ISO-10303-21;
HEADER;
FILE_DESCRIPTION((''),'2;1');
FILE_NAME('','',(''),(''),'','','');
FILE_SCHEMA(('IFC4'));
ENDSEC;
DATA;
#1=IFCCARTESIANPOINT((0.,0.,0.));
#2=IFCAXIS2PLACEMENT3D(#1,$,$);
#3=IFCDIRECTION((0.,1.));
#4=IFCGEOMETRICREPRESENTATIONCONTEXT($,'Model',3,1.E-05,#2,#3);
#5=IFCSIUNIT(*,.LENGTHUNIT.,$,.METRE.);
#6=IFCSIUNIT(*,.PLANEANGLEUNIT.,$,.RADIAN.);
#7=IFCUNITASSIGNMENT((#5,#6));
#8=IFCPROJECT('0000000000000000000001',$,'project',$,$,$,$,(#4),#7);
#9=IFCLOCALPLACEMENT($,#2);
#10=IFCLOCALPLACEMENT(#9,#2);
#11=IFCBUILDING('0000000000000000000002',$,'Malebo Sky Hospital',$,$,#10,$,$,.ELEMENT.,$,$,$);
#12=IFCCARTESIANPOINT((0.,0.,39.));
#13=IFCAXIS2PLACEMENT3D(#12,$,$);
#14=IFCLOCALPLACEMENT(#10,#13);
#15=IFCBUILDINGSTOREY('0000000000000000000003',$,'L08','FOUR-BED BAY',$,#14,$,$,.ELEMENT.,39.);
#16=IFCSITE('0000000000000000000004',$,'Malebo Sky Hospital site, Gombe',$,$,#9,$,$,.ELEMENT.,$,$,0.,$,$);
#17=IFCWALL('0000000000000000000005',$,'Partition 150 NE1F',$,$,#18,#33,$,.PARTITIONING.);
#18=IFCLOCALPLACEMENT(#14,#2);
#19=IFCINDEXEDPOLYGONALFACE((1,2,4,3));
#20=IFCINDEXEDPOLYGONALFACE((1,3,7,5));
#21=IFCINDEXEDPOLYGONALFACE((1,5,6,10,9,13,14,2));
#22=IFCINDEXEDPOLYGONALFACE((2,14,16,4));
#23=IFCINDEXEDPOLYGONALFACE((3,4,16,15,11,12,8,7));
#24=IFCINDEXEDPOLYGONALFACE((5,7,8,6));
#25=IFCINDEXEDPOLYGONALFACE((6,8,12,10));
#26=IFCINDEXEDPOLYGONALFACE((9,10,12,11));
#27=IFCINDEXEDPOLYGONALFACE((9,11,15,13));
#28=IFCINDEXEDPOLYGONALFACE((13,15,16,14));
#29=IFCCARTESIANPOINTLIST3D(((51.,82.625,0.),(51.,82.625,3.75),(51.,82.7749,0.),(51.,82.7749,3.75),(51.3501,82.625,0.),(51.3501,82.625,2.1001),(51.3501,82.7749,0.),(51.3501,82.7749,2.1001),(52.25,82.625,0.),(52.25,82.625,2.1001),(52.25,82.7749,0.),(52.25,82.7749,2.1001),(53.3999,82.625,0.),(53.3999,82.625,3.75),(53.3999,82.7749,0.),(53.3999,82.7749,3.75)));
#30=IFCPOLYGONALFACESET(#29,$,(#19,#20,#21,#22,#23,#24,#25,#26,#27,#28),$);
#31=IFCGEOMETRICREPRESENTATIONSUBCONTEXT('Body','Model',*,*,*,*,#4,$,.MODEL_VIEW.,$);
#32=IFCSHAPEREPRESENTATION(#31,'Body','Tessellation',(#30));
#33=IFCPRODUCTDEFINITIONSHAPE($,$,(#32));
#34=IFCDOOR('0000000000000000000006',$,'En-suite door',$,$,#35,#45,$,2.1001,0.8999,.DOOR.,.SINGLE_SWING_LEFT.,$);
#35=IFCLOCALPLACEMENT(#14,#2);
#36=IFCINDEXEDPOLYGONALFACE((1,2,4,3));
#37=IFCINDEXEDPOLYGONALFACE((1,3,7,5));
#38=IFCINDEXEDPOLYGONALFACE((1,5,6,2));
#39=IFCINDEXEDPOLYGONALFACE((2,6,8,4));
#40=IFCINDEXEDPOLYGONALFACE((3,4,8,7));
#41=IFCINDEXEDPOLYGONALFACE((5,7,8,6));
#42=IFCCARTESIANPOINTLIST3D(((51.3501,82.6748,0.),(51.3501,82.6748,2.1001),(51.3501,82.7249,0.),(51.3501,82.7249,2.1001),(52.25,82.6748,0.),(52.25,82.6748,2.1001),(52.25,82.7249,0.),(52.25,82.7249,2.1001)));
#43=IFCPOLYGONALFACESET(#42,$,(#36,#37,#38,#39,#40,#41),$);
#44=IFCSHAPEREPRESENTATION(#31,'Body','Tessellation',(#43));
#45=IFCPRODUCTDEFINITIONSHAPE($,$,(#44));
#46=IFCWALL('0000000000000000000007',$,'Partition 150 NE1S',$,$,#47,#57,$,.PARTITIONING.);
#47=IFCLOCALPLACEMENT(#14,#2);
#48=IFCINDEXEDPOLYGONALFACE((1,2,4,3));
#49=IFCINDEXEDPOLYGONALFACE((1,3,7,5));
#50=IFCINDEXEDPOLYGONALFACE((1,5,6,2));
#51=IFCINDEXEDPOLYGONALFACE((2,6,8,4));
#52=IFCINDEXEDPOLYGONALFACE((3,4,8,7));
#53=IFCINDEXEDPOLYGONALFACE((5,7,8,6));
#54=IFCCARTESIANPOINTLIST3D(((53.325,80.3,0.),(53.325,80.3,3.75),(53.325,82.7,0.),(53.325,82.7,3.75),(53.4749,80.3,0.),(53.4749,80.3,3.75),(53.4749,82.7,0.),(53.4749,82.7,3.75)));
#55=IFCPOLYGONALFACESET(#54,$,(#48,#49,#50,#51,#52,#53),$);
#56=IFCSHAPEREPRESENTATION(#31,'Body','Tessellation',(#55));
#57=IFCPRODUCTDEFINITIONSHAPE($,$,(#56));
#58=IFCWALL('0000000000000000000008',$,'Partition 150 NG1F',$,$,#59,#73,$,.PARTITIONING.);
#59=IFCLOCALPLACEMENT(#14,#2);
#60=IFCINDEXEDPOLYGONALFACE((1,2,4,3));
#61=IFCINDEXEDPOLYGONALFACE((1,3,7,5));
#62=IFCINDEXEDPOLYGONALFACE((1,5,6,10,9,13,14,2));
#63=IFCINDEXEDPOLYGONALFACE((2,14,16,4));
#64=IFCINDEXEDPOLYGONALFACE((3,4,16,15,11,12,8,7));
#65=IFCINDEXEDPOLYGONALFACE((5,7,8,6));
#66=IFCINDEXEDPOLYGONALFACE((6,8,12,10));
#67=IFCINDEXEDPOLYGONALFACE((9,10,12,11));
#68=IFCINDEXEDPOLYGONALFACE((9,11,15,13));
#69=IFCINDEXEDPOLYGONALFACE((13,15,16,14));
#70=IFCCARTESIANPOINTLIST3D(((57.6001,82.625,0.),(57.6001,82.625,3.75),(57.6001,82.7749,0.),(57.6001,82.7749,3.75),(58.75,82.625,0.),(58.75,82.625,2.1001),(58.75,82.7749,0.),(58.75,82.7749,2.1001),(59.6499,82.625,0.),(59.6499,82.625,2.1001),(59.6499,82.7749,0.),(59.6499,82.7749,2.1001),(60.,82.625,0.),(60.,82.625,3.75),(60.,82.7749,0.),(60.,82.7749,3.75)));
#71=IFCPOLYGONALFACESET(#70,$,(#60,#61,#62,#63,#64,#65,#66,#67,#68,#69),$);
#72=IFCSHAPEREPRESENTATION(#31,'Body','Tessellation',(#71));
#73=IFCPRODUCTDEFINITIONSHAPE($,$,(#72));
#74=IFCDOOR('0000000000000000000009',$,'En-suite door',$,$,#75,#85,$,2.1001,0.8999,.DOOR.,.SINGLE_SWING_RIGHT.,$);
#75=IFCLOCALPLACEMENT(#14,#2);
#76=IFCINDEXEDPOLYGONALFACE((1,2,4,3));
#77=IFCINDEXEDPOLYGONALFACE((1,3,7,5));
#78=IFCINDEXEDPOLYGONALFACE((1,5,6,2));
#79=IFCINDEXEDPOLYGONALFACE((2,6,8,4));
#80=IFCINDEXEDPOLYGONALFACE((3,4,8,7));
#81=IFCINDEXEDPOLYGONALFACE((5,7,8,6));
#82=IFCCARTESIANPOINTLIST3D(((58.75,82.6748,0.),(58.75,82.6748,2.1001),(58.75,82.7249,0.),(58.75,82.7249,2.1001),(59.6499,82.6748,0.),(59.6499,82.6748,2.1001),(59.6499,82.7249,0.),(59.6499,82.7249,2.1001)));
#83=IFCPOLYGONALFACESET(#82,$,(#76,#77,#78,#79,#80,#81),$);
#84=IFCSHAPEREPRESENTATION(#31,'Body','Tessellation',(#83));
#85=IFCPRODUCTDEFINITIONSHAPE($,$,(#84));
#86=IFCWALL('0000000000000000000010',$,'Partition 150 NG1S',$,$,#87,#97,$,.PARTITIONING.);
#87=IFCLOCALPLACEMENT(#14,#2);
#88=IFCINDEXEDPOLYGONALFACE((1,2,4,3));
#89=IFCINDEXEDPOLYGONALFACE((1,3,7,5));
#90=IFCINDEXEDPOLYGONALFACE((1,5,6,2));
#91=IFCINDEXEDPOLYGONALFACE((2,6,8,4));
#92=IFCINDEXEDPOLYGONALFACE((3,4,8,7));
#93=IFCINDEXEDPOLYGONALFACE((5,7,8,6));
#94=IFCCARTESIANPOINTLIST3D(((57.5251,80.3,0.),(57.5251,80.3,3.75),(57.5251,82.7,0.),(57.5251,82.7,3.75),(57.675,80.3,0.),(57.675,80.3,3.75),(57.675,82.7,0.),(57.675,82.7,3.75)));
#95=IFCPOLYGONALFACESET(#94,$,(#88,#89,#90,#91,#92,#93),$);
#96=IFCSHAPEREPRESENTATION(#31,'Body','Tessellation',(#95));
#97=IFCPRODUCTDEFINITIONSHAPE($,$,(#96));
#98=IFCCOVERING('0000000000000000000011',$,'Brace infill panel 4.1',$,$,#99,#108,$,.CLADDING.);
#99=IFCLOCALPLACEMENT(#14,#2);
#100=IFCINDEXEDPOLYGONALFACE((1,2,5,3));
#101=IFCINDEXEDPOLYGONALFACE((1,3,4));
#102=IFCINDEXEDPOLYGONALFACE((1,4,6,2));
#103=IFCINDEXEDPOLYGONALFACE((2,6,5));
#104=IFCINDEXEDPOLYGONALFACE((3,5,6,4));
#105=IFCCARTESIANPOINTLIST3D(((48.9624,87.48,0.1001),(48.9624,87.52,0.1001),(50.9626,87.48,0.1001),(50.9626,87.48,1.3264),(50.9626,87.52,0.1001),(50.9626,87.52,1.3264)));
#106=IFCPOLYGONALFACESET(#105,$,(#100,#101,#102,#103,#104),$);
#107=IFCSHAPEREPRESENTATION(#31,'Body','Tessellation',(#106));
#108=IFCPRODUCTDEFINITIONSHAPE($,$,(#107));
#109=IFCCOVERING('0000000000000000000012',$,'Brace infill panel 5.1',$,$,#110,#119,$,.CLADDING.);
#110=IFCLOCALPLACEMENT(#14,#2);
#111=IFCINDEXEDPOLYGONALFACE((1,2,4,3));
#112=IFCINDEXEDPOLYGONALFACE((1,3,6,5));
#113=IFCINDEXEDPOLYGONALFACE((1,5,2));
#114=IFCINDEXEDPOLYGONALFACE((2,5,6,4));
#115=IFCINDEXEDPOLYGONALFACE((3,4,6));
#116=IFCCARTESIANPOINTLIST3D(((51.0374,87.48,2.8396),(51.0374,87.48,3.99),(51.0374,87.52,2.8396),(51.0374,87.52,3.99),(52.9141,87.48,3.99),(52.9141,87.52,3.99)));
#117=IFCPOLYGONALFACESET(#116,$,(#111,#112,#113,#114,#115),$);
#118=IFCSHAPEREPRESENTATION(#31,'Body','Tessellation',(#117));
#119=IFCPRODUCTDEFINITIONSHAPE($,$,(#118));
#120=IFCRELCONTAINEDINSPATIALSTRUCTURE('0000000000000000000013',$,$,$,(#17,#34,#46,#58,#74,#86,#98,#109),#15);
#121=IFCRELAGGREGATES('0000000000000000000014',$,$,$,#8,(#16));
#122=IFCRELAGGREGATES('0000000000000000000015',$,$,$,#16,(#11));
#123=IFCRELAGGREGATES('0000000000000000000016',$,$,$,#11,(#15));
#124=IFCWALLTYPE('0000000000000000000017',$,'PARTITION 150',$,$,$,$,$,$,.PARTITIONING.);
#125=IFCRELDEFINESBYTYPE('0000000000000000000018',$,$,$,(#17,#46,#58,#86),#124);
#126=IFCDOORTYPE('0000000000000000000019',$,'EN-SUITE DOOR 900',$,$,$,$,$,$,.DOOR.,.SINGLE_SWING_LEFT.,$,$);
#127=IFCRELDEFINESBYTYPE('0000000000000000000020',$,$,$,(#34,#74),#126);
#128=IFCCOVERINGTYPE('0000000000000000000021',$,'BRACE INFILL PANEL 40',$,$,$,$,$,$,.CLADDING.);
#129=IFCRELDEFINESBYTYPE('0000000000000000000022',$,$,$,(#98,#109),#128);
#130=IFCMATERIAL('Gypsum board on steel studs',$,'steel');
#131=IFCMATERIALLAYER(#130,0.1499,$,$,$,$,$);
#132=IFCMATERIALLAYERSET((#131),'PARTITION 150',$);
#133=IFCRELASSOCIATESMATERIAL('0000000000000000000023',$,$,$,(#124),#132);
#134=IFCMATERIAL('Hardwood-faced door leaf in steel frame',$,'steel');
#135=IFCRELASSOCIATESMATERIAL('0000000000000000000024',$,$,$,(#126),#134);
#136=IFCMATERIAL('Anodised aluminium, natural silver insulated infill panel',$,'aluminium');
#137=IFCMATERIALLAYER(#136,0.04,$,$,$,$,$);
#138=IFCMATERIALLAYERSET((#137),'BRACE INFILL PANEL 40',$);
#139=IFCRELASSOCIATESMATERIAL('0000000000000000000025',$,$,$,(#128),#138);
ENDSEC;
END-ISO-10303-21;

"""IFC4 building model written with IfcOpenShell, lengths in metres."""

from ifc_helpers import new_model, si_unit, direction, frame, frame_2d, origin, place, context, subcontext, project, spatial, polyline, rectangle, outline, extrude, material, layer, layer_set, type_object, element, fill, save


model = new_model("IFC4")

# Units and contexts
model_context = context("Model", 3, precision=1e-05, world=origin(), true_north=direction((0.0, 1.0)))
body_context = subcontext(model_context, "Body", "Model", "MODEL_VIEW")
ifc_project = project(units=[si_unit("LENGTHUNIT", "METRE"), si_unit("PLANEANGLEUNIT", "RADIAN")], contexts=[model_context])

# Site, building, storey
site_placement = place(None, origin())
site = spatial("IfcSite", under=ifc_project, at=site_placement, Name="Malebo Sky Hospital site, Gombe", CompositionType="ELEMENT", RefElevation=0.0)
building_placement = place(site_placement, origin())
building = spatial("IfcBuilding", under=site, at=building_placement, Name="Malebo Sky Hospital", CompositionType="ELEMENT")
storey_placement = place(building_placement, frame((0.0, 0.0, 39.0)))
storey = spatial("IfcBuildingStorey", under=building, at=storey_placement, Name="L08", Description="FOUR-BED BAY", CompositionType="ELEMENT", Elevation=39.0)

# Shared definitions
ifc_material_1 = material(Name="Gypsum board on steel studs", Category="steel")
ifc_layer_1 = layer(ifc_material_1, 0.1499)
ifc_layer_set_1 = layer_set([ifc_layer_1], Name="PARTITION 150")
wall_type = type_object("IfcWallType", Name="PARTITION 150", PredefinedType="PARTITIONING", material=ifc_layer_set_1)

# Wall, opening, door
ifc_material_2 = material(Name="Hardwood-faced door leaf in steel frame", Category="steel")
door_type = type_object("IfcDoorType", Name="EN-SUITE DOOR 900", OperationType="SINGLE_SWING_LEFT", PredefinedType="DOOR", material=ifc_material_2)
wall_1_placement = place(storey_placement, frame((51.0, 82.7, 0.0), z_axis=(0.0, 0.0, 1.0), x_axis=(1.0, 0.0, 0.0)))
wall_1 = element("IfcWall", 1, at=wall_1_placement, inside=storey, type_object=wall_type, Name="Partition 150 NE1F", PredefinedType="PARTITIONING", context=body_context, shape_type="SweptSolid", body=[
    extrude(rectangle(XDim=2.3999, YDim=0.1499, at=frame_2d((1.2, 0.0))), origin(), (0.0, 0.0, 1.0), 3.75),
])
opening_1_placement = place(wall_1_placement, frame((0.3501, 0.0, 0.0)))
opening_1 = element("IfcOpeningElement", 2, at=opening_1_placement, cuts=wall_1, PredefinedType="OPENING", context=body_context, shape_type="SweptSolid", body=[
    extrude(rectangle(XDim=0.8999, YDim=2.1001, at=frame_2d((0.45, 1.05))), frame((0.0, 0.085, 0.0), z_axis=(0.0, -1.0, 0.0), x_axis=(1.0, 0.0, 0.0)), (0.0, 0.0, 1.0), 0.1699),
])
door_1_placement = place(opening_1_placement, origin())
door_1 = element("IfcDoor", 3, at=door_1_placement, inside=storey, type_object=door_type, Name="En-suite door", OperationType="SINGLE_SWING_LEFT", OverallHeight=2.1001, OverallWidth=0.8999, PredefinedType="DOOR", context=body_context, shape_type="SweptSolid", body=[
    extrude(rectangle(XDim=0.8999, YDim=2.1001, at=frame_2d((0.45, 1.05))), frame((0.0, 0.0249, 0.0), z_axis=(0.0, -1.0, 0.0), x_axis=(1.0, 0.0, 0.0)), (0.0, 0.0, 1.0), 0.05),
])
fill(opening_1, door_1)

# Wall
wall_2_placement = place(storey_placement, frame((53.3999, 80.3, 0.0), z_axis=(0.0, 0.0, 1.0), x_axis=(0.0, 1.0, 0.0)))
element("IfcWall", 4, at=wall_2_placement, inside=storey, type_object=wall_type, Name="Partition 150 NE1S", PredefinedType="PARTITIONING", context=body_context, shape_type="SweptSolid", body=[
    extrude(rectangle(XDim=2.3999, YDim=0.1499, at=frame_2d((1.2, 0.0))), origin(), (0.0, 0.0, 1.0), 3.75),
])

# Wall, opening, door
wall_3_placement = place(storey_placement, frame((57.6001, 82.7, 0.0), z_axis=(0.0, 0.0, 1.0), x_axis=(1.0, 0.0, 0.0)))
wall_3 = element("IfcWall", 5, at=wall_3_placement, inside=storey, type_object=wall_type, Name="Partition 150 NG1F", PredefinedType="PARTITIONING", context=body_context, shape_type="SweptSolid", body=[
    extrude(rectangle(XDim=2.3999, YDim=0.1499, at=frame_2d((1.2, 0.0))), origin(), (0.0, 0.0, 1.0), 3.75),
])
opening_2_placement = place(wall_3_placement, frame((1.1499, 0.0, 0.0)))
opening_2 = element("IfcOpeningElement", 6, at=opening_2_placement, cuts=wall_3, PredefinedType="OPENING", context=body_context, shape_type="SweptSolid", body=[
    extrude(rectangle(XDim=0.8999, YDim=2.1001, at=frame_2d((0.45, 1.05))), frame((0.0, 0.085, 0.0), z_axis=(0.0, -1.0, 0.0), x_axis=(1.0, 0.0, 0.0)), (0.0, 0.0, 1.0), 0.1699),
])
door_2_placement = place(opening_2_placement, origin())
door_2 = element("IfcDoor", 7, at=door_2_placement, inside=storey, type_object=door_type, Name="En-suite door", OperationType="SINGLE_SWING_RIGHT", OverallHeight=2.1001, OverallWidth=0.8999, PredefinedType="DOOR", context=body_context, shape_type="SweptSolid", body=[
    extrude(rectangle(XDim=0.8999, YDim=2.1001, at=frame_2d((0.45, 1.05))), frame((0.0, 0.0249, 0.0), z_axis=(0.0, -1.0, 0.0), x_axis=(1.0, 0.0, 0.0)), (0.0, 0.0, 1.0), 0.05),
])
fill(opening_2, door_2)

# Wall
wall_4_placement = place(storey_placement, frame((57.6001, 80.3, 0.0), z_axis=(0.0, 0.0, 1.0), x_axis=(0.0, 1.0, 0.0)))
element("IfcWall", 8, at=wall_4_placement, inside=storey, type_object=wall_type, Name="Partition 150 NG1S", PredefinedType="PARTITIONING", context=body_context, shape_type="SweptSolid", body=[
    extrude(rectangle(XDim=2.3999, YDim=0.1499, at=frame_2d((1.2, 0.0))), origin(), (0.0, 0.0, 1.0), 3.75),
])

# Coverings
ifc_material_3 = material(Name="Anodised aluminium, natural silver insulated infill panel", Category="aluminium")
ifc_layer_2 = layer(ifc_material_3, 0.04)
ifc_layer_set_2 = layer_set([ifc_layer_2], Name="BRACE INFILL PANEL 40")
covering_type = type_object("IfcCoveringType", Name="BRACE INFILL PANEL 40", PredefinedType="CLADDING", material=ifc_layer_set_2)
covering_1_placement = place(storey_placement, frame((49.9624, 87.5, 0.1001), z_axis=(0.0, 0.0, 1.0), x_axis=(1.0, 0.0, 0.0)))
element("IfcCovering", 9, at=covering_1_placement, inside=storey, type_object=covering_type, Name="Brace infill panel 4.1", PredefinedType="CLADDING", context=body_context, shape_type="SweptSolid", body=[
    extrude(outline(polyline([(-1.0, 0.0), (1.0002, 0.0), (1.0002, 1.2263), (-1.0, 0.0)])), frame((0.0, 0.02, 0.0), z_axis=(0.0, -1.0, 0.0), x_axis=(1.0, 0.0, 0.0)), (0.0, 0.0, 1.0), 0.04),
])
covering_2_placement = place(storey_placement, frame((51.9758, 87.5, 2.8396), z_axis=(0.0, 0.0, 1.0), x_axis=(1.0, 0.0, 0.0)))
element("IfcCovering", 10, at=covering_2_placement, inside=storey, type_object=covering_type, Name="Brace infill panel 5.1", PredefinedType="CLADDING", context=body_context, shape_type="SweptSolid", body=[
    extrude(outline(polyline([(-0.9385, 0.0), (0.9382, 1.1504), (-0.9385, 1.1504), (-0.9385, 0.0)])), frame((0.0, 0.02, 0.0), z_axis=(0.0, -1.0, 0.0), x_axis=(1.0, 0.0, 0.0)), (0.0, 0.0, 1.0), 0.04),
])

save(model, "model.ifc")
